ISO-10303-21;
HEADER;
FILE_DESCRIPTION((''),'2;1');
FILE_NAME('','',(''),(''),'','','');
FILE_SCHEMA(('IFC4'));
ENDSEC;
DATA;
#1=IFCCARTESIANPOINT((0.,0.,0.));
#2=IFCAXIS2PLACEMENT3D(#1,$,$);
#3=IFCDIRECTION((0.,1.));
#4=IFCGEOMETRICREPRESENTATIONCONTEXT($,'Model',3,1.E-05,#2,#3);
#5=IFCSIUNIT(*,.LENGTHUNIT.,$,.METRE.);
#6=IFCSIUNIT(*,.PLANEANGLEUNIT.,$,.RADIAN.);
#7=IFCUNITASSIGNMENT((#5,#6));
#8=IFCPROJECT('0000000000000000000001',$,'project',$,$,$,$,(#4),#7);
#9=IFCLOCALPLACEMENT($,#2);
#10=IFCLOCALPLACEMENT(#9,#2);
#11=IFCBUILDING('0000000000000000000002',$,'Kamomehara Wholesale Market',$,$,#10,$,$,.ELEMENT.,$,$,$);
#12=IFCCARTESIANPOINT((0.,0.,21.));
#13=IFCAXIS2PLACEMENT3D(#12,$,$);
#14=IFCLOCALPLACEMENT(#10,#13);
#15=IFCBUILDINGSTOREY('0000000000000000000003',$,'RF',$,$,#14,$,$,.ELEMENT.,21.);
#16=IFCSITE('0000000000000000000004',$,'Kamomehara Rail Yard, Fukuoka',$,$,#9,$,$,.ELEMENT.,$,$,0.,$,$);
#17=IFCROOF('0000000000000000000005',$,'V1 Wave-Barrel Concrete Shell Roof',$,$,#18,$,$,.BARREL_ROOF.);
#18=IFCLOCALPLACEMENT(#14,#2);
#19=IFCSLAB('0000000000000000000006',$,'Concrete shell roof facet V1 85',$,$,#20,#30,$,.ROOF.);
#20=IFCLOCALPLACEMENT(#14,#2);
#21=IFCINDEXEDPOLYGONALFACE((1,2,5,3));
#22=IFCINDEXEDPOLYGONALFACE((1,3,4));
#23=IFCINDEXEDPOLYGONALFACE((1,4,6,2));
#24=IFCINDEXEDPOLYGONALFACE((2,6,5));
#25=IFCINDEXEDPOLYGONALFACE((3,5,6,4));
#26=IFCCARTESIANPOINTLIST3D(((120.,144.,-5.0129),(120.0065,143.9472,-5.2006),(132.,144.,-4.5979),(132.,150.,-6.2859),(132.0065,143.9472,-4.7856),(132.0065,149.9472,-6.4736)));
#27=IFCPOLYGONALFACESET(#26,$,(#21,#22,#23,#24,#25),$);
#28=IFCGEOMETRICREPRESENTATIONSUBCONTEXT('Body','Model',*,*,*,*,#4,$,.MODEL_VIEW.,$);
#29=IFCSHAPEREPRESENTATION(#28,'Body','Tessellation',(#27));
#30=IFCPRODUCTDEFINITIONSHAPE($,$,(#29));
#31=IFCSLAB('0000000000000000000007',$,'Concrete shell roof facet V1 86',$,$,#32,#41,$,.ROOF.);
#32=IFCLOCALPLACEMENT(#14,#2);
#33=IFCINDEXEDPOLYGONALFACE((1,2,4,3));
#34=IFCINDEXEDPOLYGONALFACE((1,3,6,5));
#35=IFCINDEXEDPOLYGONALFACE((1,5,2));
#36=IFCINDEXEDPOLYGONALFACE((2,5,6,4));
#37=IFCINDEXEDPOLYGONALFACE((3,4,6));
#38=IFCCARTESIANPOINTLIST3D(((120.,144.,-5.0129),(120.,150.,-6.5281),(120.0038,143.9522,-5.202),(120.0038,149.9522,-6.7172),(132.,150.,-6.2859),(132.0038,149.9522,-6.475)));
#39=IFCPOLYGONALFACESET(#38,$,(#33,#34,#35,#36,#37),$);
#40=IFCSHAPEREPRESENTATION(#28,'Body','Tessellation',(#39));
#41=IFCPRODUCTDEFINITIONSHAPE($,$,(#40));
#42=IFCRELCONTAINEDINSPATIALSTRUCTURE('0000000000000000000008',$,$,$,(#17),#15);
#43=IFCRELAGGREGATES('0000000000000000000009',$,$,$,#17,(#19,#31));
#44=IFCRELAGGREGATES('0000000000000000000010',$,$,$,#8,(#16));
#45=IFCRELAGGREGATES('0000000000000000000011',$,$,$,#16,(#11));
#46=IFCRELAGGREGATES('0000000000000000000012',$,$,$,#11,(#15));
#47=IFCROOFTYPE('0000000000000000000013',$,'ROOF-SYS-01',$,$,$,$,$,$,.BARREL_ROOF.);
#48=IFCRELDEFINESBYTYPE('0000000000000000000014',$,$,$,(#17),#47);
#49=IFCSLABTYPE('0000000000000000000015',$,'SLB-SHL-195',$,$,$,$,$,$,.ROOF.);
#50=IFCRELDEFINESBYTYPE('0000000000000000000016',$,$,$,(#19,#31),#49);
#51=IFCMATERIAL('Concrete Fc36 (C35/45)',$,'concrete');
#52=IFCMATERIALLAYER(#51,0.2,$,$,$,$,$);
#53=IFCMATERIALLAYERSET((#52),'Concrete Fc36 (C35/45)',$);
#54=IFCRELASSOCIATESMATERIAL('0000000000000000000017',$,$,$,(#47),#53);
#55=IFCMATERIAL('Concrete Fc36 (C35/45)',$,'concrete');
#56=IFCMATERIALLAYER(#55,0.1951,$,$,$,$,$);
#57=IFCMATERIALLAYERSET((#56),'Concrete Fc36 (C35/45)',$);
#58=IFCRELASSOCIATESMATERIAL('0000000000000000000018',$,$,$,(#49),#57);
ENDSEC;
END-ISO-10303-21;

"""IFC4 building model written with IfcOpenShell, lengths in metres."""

from ifc_helpers import new_model, si_unit, direction, frame, origin, place, context, subcontext, project, spatial, polyline, outline, extrude, material, layer, layer_set, type_object, element, aggregate, save


model = new_model("IFC4")

# Units and contexts
model_context = context("Model", 3, precision=1e-05, world=origin(), true_north=direction((0.0, 1.0)))
body_context = subcontext(model_context, "Body", "Model", "MODEL_VIEW")
ifc_project = project(units=[si_unit("LENGTHUNIT", "METRE"), si_unit("PLANEANGLEUNIT", "RADIAN")], contexts=[model_context])

# Site, building, storey
site_placement = place(None, origin())
site = spatial("IfcSite", under=ifc_project, at=site_placement, Name="Kamomehara Rail Yard, Fukuoka", CompositionType="ELEMENT", RefElevation=0.0)
building_placement = place(site_placement, origin())
building = spatial("IfcBuilding", under=site, at=building_placement, Name="Kamomehara Wholesale Market", CompositionType="ELEMENT")
storey_placement = place(building_placement, frame((0.0, 0.0, 21.0)))
storey = spatial("IfcBuildingStorey", under=building, at=storey_placement, Name="RF", CompositionType="ELEMENT", Elevation=21.0)

# Roof, slabs
ifc_material_1 = material(Name="Concrete Fc36 (C35/45)", Category="concrete")
ifc_layer_1 = layer(ifc_material_1, 0.2)
ifc_layer_set_1 = layer_set([ifc_layer_1], Name="Concrete Fc36 (C35/45)")
roof_type = type_object("IfcRoofType", Name="ROOF-SYS-01", PredefinedType="BARREL_ROOF", material=ifc_layer_set_1)
roof_placement = place(storey_placement, origin())
roof = element("IfcRoof", 1, at=roof_placement, inside=storey, type_object=roof_type, Name="V1 Wave-Barrel Concrete Shell Roof", PredefinedType="BARREL_ROOF")
ifc_material_2 = material(Name="Concrete Fc36 (C35/45)", Category="concrete")
ifc_layer_2 = layer(ifc_material_2, 0.1951)
ifc_layer_set_2 = layer_set([ifc_layer_2], Name="Concrete Fc36 (C35/45)")
slab_type_1 = type_object("IfcSlabType", Name="SLB-SHL-195", PredefinedType="ROOF", material=ifc_layer_set_2)
slab_1_placement = place(storey_placement, frame((120.0, 144.0, -5.0129), z_axis=(-0.033276, 0.270668, 0.962097), x_axis=(0.999402, 0.0, 0.034566)))
slab_1 = element("IfcSlab", 2, at=slab_1_placement, type_object=slab_type_1, Name="Concrete shell roof facet V1 85", PredefinedType="ROOF", context=body_context, shape_type="SweptSolid", body=[
    extrude(outline(polyline([(0.0, 0.0), (12.0072, 0.0), (11.9488, 6.2326), (0.0, 0.0)])), origin(), (0.0, 0.0, -1.0), 0.1951),
])
slab_2_placement = place(storey_placement, frame((120.0, 144.0, -5.0129), z_axis=(-0.019564, 0.24479, 0.969379), x_axis=(0.890428, 0.445214, -0.094456)))
slab_2 = element("IfcSlab", 3, at=slab_2_placement, type_object=slab_type_1, Name="Concrete shell roof facet V1 86", PredefinedType="ROOF", context=body_context, shape_type="SweptSolid", body=[
    extrude(outline(polyline([(0.0, 0.0), (13.4767, 0.0), (2.8144, 5.5113), (0.0, 0.0)])), origin(), (0.0, 0.0, -1.0), 0.1951),
])
aggregate(roof, [slab_1, slab_2])

save(model, "model.ifc")
